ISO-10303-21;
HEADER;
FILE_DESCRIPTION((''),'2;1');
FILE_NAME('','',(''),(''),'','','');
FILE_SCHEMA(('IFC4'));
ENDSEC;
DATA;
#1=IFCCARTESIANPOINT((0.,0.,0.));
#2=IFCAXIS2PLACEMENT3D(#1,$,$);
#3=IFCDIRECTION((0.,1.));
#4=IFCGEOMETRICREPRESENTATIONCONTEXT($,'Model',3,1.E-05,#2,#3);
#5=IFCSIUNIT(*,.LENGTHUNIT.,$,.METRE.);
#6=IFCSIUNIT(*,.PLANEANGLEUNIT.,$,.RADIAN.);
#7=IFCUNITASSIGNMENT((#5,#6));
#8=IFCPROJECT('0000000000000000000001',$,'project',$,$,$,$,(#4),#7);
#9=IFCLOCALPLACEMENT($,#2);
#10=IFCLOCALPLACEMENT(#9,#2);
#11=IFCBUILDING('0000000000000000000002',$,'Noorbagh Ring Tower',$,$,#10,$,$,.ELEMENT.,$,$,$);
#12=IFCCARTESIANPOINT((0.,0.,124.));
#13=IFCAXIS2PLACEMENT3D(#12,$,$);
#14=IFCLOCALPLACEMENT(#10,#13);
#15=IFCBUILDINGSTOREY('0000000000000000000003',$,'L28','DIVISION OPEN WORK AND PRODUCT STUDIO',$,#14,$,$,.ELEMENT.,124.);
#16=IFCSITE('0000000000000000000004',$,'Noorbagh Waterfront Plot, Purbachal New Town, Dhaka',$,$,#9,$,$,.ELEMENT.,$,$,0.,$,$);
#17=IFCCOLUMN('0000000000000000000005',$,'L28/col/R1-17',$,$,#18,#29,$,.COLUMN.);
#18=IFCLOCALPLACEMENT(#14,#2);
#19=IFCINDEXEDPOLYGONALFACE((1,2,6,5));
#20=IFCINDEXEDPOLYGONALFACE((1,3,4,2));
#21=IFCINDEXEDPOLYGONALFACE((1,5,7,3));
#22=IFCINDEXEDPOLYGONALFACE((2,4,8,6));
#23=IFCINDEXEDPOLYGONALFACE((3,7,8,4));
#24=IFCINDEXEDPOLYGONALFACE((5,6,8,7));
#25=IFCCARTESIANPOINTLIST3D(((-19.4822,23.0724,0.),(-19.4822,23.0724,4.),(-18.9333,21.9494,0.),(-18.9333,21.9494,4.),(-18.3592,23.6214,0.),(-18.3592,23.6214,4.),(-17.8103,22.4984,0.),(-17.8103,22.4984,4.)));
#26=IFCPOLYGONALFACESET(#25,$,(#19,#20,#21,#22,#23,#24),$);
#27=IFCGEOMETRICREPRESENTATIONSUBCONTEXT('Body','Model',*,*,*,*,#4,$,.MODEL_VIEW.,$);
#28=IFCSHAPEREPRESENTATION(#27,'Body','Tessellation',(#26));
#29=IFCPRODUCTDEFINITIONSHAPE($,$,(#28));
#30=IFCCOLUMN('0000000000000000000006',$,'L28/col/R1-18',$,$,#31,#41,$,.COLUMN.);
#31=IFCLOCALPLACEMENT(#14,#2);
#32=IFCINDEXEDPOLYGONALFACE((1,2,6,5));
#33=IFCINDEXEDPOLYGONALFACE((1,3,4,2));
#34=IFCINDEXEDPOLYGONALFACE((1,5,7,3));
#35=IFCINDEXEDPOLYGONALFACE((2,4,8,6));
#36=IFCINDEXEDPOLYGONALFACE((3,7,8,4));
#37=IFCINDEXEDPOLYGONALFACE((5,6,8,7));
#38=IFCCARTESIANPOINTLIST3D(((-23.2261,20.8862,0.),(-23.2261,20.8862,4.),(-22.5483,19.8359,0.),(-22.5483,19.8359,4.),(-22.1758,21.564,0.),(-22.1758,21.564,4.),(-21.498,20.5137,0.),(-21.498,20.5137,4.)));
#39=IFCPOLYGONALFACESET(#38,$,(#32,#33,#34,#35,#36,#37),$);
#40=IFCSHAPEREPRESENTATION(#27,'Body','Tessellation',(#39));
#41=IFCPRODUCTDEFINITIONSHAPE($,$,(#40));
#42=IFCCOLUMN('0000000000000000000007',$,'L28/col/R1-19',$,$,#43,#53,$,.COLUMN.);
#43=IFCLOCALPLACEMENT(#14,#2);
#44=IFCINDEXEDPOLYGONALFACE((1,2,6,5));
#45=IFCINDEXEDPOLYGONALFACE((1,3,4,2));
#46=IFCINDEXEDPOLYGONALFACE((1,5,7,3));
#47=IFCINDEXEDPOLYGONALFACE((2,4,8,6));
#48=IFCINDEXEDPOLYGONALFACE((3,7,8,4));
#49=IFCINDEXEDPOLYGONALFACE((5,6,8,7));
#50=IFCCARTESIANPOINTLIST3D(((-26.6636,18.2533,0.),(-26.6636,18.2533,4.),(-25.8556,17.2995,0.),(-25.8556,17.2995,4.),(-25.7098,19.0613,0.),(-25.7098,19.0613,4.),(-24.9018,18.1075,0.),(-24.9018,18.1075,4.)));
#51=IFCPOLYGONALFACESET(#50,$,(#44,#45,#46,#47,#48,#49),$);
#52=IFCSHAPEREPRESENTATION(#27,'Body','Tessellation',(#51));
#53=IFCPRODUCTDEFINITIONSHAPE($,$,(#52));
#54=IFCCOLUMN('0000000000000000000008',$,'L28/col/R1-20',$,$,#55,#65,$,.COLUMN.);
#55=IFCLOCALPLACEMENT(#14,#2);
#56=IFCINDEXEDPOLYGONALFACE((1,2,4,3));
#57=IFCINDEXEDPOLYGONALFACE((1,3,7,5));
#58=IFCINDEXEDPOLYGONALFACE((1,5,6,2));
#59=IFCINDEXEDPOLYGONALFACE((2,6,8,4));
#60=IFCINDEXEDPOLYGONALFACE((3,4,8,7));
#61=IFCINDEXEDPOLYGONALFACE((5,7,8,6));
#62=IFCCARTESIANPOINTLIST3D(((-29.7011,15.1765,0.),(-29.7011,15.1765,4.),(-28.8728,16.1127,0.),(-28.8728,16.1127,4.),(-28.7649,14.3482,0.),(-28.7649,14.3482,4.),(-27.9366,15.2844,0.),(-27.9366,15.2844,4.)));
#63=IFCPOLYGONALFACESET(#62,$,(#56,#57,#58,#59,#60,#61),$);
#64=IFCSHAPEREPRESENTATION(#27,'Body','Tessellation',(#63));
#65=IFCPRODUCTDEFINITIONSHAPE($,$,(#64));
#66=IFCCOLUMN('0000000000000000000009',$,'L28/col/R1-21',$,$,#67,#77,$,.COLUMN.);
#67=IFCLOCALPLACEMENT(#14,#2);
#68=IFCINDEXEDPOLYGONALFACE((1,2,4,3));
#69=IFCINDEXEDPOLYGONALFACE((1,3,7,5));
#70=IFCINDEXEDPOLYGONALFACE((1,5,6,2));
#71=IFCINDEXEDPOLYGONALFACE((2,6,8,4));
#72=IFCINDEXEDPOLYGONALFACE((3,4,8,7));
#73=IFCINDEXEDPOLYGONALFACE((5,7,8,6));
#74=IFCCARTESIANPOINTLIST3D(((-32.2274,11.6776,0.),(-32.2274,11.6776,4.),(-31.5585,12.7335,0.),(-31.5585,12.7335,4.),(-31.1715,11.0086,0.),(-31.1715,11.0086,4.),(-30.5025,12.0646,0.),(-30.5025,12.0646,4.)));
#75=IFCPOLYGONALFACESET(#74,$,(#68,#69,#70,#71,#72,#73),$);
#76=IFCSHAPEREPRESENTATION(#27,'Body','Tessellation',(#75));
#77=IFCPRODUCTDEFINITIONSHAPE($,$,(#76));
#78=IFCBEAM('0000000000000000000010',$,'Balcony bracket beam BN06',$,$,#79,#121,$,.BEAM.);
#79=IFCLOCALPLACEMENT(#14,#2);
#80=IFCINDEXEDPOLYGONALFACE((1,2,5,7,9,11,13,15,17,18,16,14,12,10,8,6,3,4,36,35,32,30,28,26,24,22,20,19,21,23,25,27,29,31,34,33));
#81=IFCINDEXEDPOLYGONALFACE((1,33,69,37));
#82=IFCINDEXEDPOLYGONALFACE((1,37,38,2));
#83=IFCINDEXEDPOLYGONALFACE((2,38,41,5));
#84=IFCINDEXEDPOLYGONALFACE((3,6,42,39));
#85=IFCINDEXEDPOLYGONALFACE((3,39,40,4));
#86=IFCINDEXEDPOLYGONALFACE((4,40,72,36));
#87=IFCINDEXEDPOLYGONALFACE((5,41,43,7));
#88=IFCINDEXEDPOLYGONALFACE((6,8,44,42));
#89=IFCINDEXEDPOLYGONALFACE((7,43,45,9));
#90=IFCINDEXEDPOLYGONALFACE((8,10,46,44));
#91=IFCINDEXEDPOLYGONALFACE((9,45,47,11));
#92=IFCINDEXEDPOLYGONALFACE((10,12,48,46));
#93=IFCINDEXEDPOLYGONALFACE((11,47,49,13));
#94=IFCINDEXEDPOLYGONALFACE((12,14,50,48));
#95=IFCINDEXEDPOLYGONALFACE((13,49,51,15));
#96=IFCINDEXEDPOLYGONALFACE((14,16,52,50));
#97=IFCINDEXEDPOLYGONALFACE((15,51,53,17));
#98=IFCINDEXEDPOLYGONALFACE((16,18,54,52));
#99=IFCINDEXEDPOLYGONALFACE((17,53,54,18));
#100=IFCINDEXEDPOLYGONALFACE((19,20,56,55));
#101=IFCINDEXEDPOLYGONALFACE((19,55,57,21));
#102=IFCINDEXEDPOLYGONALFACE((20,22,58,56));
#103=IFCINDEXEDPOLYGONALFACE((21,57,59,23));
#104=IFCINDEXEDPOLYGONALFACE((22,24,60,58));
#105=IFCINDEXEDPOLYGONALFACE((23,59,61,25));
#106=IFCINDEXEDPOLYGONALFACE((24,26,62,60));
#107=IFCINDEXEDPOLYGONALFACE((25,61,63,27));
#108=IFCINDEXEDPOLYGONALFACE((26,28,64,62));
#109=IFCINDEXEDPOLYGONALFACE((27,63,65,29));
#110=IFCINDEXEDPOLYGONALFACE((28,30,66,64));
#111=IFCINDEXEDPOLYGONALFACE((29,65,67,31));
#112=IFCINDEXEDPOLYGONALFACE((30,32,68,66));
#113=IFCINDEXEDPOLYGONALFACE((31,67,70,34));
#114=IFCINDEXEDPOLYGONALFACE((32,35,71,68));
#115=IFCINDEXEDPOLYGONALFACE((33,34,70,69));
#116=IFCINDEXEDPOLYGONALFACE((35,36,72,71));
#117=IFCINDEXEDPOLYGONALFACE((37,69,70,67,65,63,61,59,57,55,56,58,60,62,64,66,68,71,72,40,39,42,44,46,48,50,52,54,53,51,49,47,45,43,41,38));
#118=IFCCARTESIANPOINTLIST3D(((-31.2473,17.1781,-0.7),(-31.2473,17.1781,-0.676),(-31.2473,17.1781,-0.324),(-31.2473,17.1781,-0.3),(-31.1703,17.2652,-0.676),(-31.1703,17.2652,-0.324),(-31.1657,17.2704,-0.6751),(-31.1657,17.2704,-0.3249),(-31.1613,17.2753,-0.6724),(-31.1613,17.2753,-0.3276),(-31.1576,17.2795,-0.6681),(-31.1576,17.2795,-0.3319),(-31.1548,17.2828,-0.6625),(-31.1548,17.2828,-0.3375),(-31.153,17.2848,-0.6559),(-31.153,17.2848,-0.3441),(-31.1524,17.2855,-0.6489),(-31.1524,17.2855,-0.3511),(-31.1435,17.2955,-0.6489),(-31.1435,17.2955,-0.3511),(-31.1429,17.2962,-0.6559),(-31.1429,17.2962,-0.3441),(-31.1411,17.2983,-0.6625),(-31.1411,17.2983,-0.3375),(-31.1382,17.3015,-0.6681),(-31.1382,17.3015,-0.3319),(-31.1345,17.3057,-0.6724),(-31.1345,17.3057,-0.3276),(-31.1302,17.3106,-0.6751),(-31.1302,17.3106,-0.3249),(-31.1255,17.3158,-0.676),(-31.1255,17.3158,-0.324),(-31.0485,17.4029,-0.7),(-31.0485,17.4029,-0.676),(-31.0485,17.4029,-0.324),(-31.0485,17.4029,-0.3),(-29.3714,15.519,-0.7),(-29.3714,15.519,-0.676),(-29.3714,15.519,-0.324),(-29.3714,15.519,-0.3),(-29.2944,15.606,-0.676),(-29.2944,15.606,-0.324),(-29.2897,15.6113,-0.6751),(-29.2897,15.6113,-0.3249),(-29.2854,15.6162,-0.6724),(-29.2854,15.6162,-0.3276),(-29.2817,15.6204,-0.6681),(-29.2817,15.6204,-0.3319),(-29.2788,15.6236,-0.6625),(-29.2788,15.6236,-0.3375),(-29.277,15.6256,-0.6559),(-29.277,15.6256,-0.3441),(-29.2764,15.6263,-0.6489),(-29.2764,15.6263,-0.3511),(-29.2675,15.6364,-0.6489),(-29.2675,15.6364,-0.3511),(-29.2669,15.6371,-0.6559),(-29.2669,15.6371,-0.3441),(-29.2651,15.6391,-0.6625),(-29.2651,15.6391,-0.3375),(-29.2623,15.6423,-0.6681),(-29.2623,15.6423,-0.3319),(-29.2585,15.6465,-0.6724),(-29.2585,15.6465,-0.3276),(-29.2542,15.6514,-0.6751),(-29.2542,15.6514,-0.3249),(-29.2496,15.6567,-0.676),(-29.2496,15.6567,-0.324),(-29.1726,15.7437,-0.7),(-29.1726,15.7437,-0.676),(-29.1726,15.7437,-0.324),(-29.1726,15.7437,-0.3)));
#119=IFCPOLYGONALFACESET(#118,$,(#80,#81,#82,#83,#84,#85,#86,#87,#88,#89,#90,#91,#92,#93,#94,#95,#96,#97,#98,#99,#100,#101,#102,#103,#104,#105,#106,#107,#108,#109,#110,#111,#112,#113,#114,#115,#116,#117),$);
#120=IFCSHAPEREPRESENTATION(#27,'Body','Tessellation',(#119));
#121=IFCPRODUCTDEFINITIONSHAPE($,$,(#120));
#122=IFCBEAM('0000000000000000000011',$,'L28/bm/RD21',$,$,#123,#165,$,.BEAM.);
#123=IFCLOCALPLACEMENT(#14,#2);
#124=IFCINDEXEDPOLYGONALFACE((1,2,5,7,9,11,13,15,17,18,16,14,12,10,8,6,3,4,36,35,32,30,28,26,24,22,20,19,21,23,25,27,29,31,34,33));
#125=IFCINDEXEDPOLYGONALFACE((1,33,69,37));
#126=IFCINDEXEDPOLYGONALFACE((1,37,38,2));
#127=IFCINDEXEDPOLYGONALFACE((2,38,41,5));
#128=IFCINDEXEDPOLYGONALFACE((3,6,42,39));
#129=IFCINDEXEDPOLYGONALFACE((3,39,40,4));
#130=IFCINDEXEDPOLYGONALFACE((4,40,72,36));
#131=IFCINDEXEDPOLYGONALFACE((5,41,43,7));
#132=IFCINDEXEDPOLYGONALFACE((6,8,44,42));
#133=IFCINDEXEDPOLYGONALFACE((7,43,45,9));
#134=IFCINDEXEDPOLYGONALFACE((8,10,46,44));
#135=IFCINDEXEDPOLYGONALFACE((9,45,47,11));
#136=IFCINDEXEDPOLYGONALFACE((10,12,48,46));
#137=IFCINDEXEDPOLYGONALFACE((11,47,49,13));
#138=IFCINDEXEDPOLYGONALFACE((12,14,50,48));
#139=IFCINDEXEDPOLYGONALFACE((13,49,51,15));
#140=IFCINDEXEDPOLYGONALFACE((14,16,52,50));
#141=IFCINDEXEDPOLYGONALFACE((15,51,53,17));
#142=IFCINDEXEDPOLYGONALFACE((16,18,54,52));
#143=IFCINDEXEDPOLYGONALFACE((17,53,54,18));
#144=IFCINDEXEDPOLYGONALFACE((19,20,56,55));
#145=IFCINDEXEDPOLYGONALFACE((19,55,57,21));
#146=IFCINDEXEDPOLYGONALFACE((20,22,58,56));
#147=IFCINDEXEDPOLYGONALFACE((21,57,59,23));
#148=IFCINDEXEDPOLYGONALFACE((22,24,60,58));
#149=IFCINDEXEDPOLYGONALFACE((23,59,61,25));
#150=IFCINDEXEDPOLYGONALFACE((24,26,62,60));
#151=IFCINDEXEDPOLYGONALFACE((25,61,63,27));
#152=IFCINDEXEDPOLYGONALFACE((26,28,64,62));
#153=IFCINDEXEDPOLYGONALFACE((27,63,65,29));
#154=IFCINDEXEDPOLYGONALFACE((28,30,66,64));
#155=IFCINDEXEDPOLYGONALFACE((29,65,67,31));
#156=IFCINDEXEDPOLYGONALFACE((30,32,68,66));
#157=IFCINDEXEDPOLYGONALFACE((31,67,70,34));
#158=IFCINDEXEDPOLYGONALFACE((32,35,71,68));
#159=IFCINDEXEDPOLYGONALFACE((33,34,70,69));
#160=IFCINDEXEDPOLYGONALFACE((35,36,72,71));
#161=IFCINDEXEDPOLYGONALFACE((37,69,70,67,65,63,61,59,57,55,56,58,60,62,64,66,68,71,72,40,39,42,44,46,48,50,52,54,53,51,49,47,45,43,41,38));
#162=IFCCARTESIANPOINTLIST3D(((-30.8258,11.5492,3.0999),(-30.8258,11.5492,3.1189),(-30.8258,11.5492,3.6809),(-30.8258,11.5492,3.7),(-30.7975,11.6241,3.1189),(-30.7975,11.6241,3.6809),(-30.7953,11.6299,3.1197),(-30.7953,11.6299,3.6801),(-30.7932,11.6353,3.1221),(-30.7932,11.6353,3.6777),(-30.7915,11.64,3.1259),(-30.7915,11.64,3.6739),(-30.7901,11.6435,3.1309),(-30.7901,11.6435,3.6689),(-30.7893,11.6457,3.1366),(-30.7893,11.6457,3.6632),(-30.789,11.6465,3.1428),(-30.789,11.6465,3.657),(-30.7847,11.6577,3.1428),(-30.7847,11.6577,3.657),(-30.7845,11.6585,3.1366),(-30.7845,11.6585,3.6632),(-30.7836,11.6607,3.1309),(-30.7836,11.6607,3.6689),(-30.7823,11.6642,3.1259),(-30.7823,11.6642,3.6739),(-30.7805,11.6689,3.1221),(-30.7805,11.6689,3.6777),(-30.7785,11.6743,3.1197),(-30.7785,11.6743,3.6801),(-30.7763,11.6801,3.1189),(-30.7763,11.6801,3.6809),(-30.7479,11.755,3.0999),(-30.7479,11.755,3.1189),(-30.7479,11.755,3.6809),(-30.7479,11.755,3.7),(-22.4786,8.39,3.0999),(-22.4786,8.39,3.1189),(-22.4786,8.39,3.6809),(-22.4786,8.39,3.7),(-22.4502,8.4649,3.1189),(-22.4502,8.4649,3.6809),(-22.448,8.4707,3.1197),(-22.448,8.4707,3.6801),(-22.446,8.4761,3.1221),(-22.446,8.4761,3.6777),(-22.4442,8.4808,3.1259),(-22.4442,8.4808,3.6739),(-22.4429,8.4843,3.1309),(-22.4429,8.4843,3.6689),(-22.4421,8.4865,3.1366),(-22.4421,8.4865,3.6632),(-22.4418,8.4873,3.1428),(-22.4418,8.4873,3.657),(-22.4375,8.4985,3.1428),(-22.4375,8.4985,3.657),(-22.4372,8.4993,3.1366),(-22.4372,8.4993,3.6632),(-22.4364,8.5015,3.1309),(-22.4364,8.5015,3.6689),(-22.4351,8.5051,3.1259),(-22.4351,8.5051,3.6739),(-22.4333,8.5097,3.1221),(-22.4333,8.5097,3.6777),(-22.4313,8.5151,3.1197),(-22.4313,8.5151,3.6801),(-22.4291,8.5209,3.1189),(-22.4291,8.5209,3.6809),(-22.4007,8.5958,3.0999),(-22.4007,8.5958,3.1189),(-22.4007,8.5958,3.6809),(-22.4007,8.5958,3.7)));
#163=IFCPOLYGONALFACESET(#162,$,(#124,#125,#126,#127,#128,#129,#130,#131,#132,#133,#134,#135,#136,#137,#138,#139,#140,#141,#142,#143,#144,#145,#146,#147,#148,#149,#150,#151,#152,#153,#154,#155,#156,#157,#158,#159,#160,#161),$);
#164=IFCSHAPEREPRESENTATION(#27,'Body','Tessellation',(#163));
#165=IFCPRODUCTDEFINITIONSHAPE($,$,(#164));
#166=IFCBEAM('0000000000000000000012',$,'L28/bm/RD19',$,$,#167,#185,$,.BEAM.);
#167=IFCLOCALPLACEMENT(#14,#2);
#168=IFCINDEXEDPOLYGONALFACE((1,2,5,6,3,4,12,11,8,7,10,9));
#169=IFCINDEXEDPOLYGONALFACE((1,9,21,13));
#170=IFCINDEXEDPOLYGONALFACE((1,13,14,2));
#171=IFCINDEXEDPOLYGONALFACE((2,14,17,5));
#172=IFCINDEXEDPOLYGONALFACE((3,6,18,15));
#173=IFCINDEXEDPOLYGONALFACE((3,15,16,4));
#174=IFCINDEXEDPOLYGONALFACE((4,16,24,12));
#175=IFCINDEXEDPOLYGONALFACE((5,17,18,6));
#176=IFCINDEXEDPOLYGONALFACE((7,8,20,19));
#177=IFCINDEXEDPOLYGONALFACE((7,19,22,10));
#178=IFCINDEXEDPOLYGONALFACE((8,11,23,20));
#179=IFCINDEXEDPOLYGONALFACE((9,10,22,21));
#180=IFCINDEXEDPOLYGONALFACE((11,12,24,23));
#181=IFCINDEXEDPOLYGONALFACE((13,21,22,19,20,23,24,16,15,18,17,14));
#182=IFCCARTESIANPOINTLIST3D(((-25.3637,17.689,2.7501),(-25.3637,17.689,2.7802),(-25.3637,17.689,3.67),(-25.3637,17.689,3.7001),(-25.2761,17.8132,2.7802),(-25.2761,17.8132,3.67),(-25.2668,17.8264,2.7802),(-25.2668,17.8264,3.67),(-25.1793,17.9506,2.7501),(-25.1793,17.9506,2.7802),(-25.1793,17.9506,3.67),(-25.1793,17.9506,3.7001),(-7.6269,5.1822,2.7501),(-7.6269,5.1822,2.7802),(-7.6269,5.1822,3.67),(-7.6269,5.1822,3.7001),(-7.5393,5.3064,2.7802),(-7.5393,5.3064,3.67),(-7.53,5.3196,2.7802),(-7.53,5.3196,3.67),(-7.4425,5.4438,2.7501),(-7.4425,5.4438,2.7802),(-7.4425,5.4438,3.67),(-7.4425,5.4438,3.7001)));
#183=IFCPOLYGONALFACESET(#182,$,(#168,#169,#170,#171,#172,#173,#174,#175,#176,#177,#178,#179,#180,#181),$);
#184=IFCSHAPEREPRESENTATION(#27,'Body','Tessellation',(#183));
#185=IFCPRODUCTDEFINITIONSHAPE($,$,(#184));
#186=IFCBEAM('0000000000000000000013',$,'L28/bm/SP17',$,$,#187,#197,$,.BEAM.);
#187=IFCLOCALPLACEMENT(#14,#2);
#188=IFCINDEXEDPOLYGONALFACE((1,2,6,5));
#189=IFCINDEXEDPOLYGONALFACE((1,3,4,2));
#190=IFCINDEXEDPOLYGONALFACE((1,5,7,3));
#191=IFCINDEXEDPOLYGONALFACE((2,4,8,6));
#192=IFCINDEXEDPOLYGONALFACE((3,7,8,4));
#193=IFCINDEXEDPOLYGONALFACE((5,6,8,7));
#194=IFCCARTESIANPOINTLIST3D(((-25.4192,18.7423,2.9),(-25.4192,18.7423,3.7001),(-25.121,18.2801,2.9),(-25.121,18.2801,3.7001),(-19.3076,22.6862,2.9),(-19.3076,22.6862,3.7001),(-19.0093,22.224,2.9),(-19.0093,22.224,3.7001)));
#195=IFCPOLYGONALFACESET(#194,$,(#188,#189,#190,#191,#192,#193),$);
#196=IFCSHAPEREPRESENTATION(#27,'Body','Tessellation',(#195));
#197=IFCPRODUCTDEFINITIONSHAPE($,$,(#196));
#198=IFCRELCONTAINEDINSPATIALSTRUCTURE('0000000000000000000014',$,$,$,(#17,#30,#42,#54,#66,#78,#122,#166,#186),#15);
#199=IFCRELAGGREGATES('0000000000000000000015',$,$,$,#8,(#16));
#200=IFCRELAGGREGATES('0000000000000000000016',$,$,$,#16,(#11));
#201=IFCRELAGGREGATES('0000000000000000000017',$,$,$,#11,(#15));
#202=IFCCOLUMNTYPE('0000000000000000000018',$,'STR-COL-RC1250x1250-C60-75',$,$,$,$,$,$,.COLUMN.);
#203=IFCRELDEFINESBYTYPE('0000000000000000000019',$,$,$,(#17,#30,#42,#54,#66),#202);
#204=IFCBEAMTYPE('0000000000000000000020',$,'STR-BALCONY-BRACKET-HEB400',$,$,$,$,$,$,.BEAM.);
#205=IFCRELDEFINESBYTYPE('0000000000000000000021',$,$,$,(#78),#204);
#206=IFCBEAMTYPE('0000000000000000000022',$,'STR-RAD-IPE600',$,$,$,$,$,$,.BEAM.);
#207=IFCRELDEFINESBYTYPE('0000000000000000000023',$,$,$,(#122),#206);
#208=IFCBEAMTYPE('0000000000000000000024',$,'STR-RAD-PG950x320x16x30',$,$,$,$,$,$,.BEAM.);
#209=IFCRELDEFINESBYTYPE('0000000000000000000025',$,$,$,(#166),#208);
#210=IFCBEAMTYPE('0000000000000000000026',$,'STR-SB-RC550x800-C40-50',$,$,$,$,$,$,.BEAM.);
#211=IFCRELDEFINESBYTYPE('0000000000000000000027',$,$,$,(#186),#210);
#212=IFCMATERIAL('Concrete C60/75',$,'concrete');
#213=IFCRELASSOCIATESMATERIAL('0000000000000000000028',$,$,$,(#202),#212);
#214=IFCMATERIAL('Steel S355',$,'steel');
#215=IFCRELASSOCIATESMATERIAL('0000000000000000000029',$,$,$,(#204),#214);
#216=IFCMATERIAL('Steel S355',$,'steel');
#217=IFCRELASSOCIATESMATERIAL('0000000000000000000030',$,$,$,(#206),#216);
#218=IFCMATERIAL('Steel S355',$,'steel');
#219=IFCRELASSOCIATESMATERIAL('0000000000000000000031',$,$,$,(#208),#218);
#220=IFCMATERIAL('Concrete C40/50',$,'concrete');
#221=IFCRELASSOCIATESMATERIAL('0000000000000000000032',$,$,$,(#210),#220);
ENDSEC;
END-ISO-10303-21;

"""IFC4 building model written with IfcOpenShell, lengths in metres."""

from ifc_helpers import new_model, si_unit, direction, frame, origin, origin_2d, place, context, subcontext, project, spatial, rectangle, i_section, extrude, material, material_profile, profile_set, type_object, element, save


model = new_model("IFC4")

# Units and contexts
model_context = context("Model", 3, precision=1e-05, world=origin(), true_north=direction((0.0, 1.0)))
body_context = subcontext(model_context, "Body", "Model", "MODEL_VIEW")
ifc_project = project(units=[si_unit("LENGTHUNIT", "METRE"), si_unit("PLANEANGLEUNIT", "RADIAN")], contexts=[model_context])

# Site, building, storey
site_placement = place(None, origin())
site = spatial("IfcSite", under=ifc_project, at=site_placement, Name="Noorbagh Waterfront Plot, Purbachal New Town, Dhaka", CompositionType="ELEMENT", RefElevation=0.0)
building_placement = place(site_placement, origin())
building = spatial("IfcBuilding", under=site, at=building_placement, Name="Noorbagh Ring Tower", CompositionType="ELEMENT")
storey_placement = place(building_placement, frame((0.0, 0.0, 124.0)))
storey = spatial("IfcBuildingStorey", under=building, at=storey_placement, Name="L28", Description="DIVISION OPEN WORK AND PRODUCT STUDIO", CompositionType="ELEMENT", Elevation=124.0)

# Columns
ifc_material_1 = material(Name="Concrete C60/75", Category="concrete")
ifc_material_profile_1 = material_profile(ifc_material_1, rectangle(XDim=1.25, YDim=1.25, at=origin_2d()), Name="RC1250x1250")
ifc_profile_set_1 = profile_set([ifc_material_profile_1], Name="Concrete C60/75")
column_type = type_object("IfcColumnType", Name="STR-COL-RC1250x1250-C60-75", PredefinedType="COLUMN", material=ifc_profile_set_1)
for number, where, z_axis, x_axis, name in (
    (1, (-18.6462, 22.7854, 0.0), (0.0, 0.0, 1.0), (-0.898399, -0.43918, 0.0), "L28/col/R1-17"),
    (2, (-22.3621, 20.7, 0.0), (0.0, 0.0, 1.0), (-0.840248, -0.542203, 0.0), "L28/col/R1-18"),
    (3, (-25.7827, 18.1804, 0.0), (0.0, 0.0, 1.0), (-0.763035, -0.646357, 0.0), "L28/col/R1-19"),
    (4, (-28.8188, 15.2305, 0.0), (0.0, 0.0, 1.0), (-0.662636, -0.748942, 0.0), "L28/col/R1-20"),
    (5, (-31.365, 11.8711, 0.0), (0.0, 0.0, 1.0), (-0.53519, -0.844731, 0.0), "L28/col/R1-21"),
):
    element("IfcColumn", number, at=place(storey_placement, frame(where, z_axis=z_axis, x_axis=x_axis)), inside=storey, type_object=column_type, Name=name, PredefinedType="COLUMN", context=body_context, shape_type="SweptSolid", body=[
        extrude(rectangle(XDim=1.25, YDim=1.25, at=origin_2d()), origin(), (0.0, 0.0, 1.0), 4.0),
    ])

# Beams
ifc_material_2 = material(Name="Steel S355", Category="steel")
ifc_material_profile_2 = material_profile(ifc_material_2, i_section(OverallWidth=0.3, OverallDepth=0.3999, WebThickness=0.0134, FlangeThickness=0.0239, FilletRadius=0.0271, at=origin_2d()), Name="HEB400")
ifc_profile_set_2 = profile_set([ifc_material_profile_2], Name="Steel S355")
beam_type_1 = type_object("IfcBeamType", Name="STR-BALCONY-BRACKET-HEB400", PredefinedType="BEAM", material=ifc_profile_set_2)
beam_1_placement = place(storey_placement, frame((-29.272, 15.6313, -0.5), z_axis=(-0.749064, 0.662498, 0.0), x_axis=(-0.662498, -0.749064, 0.0)))
element("IfcBeam", 6, at=beam_1_placement, inside=storey, type_object=beam_type_1, Name="Balcony bracket beam BN06", PredefinedType="BEAM", context=body_context, shape_type="SweptSolid", body=[
    extrude(i_section(OverallWidth=0.3, OverallDepth=0.3999, WebThickness=0.0134, FlangeThickness=0.0239, FilletRadius=0.0271, at=origin_2d()), origin(), (0.0, 0.0, 1.0), 2.5044),
])
ifc_material_3 = material(Name="Steel S355", Category="steel")
ifc_material_profile_3 = material_profile(ifc_material_3, i_section(OverallWidth=0.22, OverallDepth=0.6001, WebThickness=0.012, FlangeThickness=0.019, FilletRadius=0.0239, at=origin_2d()), Name="IPE600")
ifc_profile_set_3 = profile_set([ifc_material_profile_3], Name="Steel S355")
beam_type_2 = type_object("IfcBeamType", Name="STR-RAD-IPE600", PredefinedType="BEAM", material=ifc_profile_set_3)
beam_2_placement = place(storey_placement, frame((-30.7869, 11.6521, 3.3999), z_axis=(0.935257, -0.35397, 0.0), x_axis=(0.35397, 0.935257, 0.0)))
element("IfcBeam", 7, at=beam_2_placement, inside=storey, type_object=beam_type_2, Name="L28/bm/RD21", PredefinedType="BEAM", context=body_context, shape_type="SweptSolid", body=[
    extrude(i_section(OverallWidth=0.22, OverallDepth=0.6001, WebThickness=0.012, FlangeThickness=0.019, FilletRadius=0.0239, at=origin_2d()), origin(), (0.0, 0.0, 1.0), 8.925),
])
ifc_material_4 = material(Name="Steel S355", Category="steel")
ifc_material_profile_4 = material_profile(ifc_material_4, i_section(OverallWidth=0.3201, OverallDepth=0.95, WebThickness=0.0161, FlangeThickness=0.03, at=origin_2d()), Name="PG950x320x16x30")
ifc_profile_set_4 = profile_set([ifc_material_profile_4], Name="Steel S355")
beam_type_3 = type_object("IfcBeamType", Name="STR-RAD-PG950x320x16x30", PredefinedType="BEAM", material=ifc_profile_set_4)
beam_3_placement = place(storey_placement, frame((-25.2715, 17.8198, 3.2251), z_axis=(0.817256, -0.576275, 0.0), x_axis=(0.576275, 0.817256, 0.0)))
element("IfcBeam", 8, at=beam_3_placement, inside=storey, type_object=beam_type_3, Name="L28/bm/RD19", PredefinedType="BEAM", context=body_context, shape_type="SweptSolid", body=[
    extrude(i_section(OverallWidth=0.3201, OverallDepth=0.95, WebThickness=0.0161, FlangeThickness=0.03, at=origin_2d()), origin(), (0.0, 0.0, 1.0), 21.7029),
])
ifc_material_5 = material(Name="Concrete C40/50", Category="concrete")
ifc_material_profile_5 = material_profile(ifc_material_5, rectangle(XDim=0.55, YDim=0.8, at=origin_2d()), Name="RC550x800")
ifc_profile_set_5 = profile_set([ifc_material_profile_5], Name="Concrete C40/50")
beam_type_4 = type_object("IfcBeamType", Name="STR-SB-RC550x800-C40-50", PredefinedType="BEAM", material=ifc_profile_set_5)
beam_4_placement = place(storey_placement, frame((-19.1584, 22.4551, 3.3), z_axis=(-0.84024, -0.542214, 0.0), x_axis=(0.542214, -0.84024, 0.0)))
element("IfcBeam", 9, at=beam_4_placement, inside=storey, type_object=beam_type_4, Name="L28/bm/SP17", PredefinedType="BEAM", context=body_context, shape_type="SweptSolid", body=[
    extrude(rectangle(XDim=0.55, YDim=0.8, at=origin_2d()), origin(), (0.0, 0.0, 1.0), 7.2737),
])

save(model, "model.ifc")
